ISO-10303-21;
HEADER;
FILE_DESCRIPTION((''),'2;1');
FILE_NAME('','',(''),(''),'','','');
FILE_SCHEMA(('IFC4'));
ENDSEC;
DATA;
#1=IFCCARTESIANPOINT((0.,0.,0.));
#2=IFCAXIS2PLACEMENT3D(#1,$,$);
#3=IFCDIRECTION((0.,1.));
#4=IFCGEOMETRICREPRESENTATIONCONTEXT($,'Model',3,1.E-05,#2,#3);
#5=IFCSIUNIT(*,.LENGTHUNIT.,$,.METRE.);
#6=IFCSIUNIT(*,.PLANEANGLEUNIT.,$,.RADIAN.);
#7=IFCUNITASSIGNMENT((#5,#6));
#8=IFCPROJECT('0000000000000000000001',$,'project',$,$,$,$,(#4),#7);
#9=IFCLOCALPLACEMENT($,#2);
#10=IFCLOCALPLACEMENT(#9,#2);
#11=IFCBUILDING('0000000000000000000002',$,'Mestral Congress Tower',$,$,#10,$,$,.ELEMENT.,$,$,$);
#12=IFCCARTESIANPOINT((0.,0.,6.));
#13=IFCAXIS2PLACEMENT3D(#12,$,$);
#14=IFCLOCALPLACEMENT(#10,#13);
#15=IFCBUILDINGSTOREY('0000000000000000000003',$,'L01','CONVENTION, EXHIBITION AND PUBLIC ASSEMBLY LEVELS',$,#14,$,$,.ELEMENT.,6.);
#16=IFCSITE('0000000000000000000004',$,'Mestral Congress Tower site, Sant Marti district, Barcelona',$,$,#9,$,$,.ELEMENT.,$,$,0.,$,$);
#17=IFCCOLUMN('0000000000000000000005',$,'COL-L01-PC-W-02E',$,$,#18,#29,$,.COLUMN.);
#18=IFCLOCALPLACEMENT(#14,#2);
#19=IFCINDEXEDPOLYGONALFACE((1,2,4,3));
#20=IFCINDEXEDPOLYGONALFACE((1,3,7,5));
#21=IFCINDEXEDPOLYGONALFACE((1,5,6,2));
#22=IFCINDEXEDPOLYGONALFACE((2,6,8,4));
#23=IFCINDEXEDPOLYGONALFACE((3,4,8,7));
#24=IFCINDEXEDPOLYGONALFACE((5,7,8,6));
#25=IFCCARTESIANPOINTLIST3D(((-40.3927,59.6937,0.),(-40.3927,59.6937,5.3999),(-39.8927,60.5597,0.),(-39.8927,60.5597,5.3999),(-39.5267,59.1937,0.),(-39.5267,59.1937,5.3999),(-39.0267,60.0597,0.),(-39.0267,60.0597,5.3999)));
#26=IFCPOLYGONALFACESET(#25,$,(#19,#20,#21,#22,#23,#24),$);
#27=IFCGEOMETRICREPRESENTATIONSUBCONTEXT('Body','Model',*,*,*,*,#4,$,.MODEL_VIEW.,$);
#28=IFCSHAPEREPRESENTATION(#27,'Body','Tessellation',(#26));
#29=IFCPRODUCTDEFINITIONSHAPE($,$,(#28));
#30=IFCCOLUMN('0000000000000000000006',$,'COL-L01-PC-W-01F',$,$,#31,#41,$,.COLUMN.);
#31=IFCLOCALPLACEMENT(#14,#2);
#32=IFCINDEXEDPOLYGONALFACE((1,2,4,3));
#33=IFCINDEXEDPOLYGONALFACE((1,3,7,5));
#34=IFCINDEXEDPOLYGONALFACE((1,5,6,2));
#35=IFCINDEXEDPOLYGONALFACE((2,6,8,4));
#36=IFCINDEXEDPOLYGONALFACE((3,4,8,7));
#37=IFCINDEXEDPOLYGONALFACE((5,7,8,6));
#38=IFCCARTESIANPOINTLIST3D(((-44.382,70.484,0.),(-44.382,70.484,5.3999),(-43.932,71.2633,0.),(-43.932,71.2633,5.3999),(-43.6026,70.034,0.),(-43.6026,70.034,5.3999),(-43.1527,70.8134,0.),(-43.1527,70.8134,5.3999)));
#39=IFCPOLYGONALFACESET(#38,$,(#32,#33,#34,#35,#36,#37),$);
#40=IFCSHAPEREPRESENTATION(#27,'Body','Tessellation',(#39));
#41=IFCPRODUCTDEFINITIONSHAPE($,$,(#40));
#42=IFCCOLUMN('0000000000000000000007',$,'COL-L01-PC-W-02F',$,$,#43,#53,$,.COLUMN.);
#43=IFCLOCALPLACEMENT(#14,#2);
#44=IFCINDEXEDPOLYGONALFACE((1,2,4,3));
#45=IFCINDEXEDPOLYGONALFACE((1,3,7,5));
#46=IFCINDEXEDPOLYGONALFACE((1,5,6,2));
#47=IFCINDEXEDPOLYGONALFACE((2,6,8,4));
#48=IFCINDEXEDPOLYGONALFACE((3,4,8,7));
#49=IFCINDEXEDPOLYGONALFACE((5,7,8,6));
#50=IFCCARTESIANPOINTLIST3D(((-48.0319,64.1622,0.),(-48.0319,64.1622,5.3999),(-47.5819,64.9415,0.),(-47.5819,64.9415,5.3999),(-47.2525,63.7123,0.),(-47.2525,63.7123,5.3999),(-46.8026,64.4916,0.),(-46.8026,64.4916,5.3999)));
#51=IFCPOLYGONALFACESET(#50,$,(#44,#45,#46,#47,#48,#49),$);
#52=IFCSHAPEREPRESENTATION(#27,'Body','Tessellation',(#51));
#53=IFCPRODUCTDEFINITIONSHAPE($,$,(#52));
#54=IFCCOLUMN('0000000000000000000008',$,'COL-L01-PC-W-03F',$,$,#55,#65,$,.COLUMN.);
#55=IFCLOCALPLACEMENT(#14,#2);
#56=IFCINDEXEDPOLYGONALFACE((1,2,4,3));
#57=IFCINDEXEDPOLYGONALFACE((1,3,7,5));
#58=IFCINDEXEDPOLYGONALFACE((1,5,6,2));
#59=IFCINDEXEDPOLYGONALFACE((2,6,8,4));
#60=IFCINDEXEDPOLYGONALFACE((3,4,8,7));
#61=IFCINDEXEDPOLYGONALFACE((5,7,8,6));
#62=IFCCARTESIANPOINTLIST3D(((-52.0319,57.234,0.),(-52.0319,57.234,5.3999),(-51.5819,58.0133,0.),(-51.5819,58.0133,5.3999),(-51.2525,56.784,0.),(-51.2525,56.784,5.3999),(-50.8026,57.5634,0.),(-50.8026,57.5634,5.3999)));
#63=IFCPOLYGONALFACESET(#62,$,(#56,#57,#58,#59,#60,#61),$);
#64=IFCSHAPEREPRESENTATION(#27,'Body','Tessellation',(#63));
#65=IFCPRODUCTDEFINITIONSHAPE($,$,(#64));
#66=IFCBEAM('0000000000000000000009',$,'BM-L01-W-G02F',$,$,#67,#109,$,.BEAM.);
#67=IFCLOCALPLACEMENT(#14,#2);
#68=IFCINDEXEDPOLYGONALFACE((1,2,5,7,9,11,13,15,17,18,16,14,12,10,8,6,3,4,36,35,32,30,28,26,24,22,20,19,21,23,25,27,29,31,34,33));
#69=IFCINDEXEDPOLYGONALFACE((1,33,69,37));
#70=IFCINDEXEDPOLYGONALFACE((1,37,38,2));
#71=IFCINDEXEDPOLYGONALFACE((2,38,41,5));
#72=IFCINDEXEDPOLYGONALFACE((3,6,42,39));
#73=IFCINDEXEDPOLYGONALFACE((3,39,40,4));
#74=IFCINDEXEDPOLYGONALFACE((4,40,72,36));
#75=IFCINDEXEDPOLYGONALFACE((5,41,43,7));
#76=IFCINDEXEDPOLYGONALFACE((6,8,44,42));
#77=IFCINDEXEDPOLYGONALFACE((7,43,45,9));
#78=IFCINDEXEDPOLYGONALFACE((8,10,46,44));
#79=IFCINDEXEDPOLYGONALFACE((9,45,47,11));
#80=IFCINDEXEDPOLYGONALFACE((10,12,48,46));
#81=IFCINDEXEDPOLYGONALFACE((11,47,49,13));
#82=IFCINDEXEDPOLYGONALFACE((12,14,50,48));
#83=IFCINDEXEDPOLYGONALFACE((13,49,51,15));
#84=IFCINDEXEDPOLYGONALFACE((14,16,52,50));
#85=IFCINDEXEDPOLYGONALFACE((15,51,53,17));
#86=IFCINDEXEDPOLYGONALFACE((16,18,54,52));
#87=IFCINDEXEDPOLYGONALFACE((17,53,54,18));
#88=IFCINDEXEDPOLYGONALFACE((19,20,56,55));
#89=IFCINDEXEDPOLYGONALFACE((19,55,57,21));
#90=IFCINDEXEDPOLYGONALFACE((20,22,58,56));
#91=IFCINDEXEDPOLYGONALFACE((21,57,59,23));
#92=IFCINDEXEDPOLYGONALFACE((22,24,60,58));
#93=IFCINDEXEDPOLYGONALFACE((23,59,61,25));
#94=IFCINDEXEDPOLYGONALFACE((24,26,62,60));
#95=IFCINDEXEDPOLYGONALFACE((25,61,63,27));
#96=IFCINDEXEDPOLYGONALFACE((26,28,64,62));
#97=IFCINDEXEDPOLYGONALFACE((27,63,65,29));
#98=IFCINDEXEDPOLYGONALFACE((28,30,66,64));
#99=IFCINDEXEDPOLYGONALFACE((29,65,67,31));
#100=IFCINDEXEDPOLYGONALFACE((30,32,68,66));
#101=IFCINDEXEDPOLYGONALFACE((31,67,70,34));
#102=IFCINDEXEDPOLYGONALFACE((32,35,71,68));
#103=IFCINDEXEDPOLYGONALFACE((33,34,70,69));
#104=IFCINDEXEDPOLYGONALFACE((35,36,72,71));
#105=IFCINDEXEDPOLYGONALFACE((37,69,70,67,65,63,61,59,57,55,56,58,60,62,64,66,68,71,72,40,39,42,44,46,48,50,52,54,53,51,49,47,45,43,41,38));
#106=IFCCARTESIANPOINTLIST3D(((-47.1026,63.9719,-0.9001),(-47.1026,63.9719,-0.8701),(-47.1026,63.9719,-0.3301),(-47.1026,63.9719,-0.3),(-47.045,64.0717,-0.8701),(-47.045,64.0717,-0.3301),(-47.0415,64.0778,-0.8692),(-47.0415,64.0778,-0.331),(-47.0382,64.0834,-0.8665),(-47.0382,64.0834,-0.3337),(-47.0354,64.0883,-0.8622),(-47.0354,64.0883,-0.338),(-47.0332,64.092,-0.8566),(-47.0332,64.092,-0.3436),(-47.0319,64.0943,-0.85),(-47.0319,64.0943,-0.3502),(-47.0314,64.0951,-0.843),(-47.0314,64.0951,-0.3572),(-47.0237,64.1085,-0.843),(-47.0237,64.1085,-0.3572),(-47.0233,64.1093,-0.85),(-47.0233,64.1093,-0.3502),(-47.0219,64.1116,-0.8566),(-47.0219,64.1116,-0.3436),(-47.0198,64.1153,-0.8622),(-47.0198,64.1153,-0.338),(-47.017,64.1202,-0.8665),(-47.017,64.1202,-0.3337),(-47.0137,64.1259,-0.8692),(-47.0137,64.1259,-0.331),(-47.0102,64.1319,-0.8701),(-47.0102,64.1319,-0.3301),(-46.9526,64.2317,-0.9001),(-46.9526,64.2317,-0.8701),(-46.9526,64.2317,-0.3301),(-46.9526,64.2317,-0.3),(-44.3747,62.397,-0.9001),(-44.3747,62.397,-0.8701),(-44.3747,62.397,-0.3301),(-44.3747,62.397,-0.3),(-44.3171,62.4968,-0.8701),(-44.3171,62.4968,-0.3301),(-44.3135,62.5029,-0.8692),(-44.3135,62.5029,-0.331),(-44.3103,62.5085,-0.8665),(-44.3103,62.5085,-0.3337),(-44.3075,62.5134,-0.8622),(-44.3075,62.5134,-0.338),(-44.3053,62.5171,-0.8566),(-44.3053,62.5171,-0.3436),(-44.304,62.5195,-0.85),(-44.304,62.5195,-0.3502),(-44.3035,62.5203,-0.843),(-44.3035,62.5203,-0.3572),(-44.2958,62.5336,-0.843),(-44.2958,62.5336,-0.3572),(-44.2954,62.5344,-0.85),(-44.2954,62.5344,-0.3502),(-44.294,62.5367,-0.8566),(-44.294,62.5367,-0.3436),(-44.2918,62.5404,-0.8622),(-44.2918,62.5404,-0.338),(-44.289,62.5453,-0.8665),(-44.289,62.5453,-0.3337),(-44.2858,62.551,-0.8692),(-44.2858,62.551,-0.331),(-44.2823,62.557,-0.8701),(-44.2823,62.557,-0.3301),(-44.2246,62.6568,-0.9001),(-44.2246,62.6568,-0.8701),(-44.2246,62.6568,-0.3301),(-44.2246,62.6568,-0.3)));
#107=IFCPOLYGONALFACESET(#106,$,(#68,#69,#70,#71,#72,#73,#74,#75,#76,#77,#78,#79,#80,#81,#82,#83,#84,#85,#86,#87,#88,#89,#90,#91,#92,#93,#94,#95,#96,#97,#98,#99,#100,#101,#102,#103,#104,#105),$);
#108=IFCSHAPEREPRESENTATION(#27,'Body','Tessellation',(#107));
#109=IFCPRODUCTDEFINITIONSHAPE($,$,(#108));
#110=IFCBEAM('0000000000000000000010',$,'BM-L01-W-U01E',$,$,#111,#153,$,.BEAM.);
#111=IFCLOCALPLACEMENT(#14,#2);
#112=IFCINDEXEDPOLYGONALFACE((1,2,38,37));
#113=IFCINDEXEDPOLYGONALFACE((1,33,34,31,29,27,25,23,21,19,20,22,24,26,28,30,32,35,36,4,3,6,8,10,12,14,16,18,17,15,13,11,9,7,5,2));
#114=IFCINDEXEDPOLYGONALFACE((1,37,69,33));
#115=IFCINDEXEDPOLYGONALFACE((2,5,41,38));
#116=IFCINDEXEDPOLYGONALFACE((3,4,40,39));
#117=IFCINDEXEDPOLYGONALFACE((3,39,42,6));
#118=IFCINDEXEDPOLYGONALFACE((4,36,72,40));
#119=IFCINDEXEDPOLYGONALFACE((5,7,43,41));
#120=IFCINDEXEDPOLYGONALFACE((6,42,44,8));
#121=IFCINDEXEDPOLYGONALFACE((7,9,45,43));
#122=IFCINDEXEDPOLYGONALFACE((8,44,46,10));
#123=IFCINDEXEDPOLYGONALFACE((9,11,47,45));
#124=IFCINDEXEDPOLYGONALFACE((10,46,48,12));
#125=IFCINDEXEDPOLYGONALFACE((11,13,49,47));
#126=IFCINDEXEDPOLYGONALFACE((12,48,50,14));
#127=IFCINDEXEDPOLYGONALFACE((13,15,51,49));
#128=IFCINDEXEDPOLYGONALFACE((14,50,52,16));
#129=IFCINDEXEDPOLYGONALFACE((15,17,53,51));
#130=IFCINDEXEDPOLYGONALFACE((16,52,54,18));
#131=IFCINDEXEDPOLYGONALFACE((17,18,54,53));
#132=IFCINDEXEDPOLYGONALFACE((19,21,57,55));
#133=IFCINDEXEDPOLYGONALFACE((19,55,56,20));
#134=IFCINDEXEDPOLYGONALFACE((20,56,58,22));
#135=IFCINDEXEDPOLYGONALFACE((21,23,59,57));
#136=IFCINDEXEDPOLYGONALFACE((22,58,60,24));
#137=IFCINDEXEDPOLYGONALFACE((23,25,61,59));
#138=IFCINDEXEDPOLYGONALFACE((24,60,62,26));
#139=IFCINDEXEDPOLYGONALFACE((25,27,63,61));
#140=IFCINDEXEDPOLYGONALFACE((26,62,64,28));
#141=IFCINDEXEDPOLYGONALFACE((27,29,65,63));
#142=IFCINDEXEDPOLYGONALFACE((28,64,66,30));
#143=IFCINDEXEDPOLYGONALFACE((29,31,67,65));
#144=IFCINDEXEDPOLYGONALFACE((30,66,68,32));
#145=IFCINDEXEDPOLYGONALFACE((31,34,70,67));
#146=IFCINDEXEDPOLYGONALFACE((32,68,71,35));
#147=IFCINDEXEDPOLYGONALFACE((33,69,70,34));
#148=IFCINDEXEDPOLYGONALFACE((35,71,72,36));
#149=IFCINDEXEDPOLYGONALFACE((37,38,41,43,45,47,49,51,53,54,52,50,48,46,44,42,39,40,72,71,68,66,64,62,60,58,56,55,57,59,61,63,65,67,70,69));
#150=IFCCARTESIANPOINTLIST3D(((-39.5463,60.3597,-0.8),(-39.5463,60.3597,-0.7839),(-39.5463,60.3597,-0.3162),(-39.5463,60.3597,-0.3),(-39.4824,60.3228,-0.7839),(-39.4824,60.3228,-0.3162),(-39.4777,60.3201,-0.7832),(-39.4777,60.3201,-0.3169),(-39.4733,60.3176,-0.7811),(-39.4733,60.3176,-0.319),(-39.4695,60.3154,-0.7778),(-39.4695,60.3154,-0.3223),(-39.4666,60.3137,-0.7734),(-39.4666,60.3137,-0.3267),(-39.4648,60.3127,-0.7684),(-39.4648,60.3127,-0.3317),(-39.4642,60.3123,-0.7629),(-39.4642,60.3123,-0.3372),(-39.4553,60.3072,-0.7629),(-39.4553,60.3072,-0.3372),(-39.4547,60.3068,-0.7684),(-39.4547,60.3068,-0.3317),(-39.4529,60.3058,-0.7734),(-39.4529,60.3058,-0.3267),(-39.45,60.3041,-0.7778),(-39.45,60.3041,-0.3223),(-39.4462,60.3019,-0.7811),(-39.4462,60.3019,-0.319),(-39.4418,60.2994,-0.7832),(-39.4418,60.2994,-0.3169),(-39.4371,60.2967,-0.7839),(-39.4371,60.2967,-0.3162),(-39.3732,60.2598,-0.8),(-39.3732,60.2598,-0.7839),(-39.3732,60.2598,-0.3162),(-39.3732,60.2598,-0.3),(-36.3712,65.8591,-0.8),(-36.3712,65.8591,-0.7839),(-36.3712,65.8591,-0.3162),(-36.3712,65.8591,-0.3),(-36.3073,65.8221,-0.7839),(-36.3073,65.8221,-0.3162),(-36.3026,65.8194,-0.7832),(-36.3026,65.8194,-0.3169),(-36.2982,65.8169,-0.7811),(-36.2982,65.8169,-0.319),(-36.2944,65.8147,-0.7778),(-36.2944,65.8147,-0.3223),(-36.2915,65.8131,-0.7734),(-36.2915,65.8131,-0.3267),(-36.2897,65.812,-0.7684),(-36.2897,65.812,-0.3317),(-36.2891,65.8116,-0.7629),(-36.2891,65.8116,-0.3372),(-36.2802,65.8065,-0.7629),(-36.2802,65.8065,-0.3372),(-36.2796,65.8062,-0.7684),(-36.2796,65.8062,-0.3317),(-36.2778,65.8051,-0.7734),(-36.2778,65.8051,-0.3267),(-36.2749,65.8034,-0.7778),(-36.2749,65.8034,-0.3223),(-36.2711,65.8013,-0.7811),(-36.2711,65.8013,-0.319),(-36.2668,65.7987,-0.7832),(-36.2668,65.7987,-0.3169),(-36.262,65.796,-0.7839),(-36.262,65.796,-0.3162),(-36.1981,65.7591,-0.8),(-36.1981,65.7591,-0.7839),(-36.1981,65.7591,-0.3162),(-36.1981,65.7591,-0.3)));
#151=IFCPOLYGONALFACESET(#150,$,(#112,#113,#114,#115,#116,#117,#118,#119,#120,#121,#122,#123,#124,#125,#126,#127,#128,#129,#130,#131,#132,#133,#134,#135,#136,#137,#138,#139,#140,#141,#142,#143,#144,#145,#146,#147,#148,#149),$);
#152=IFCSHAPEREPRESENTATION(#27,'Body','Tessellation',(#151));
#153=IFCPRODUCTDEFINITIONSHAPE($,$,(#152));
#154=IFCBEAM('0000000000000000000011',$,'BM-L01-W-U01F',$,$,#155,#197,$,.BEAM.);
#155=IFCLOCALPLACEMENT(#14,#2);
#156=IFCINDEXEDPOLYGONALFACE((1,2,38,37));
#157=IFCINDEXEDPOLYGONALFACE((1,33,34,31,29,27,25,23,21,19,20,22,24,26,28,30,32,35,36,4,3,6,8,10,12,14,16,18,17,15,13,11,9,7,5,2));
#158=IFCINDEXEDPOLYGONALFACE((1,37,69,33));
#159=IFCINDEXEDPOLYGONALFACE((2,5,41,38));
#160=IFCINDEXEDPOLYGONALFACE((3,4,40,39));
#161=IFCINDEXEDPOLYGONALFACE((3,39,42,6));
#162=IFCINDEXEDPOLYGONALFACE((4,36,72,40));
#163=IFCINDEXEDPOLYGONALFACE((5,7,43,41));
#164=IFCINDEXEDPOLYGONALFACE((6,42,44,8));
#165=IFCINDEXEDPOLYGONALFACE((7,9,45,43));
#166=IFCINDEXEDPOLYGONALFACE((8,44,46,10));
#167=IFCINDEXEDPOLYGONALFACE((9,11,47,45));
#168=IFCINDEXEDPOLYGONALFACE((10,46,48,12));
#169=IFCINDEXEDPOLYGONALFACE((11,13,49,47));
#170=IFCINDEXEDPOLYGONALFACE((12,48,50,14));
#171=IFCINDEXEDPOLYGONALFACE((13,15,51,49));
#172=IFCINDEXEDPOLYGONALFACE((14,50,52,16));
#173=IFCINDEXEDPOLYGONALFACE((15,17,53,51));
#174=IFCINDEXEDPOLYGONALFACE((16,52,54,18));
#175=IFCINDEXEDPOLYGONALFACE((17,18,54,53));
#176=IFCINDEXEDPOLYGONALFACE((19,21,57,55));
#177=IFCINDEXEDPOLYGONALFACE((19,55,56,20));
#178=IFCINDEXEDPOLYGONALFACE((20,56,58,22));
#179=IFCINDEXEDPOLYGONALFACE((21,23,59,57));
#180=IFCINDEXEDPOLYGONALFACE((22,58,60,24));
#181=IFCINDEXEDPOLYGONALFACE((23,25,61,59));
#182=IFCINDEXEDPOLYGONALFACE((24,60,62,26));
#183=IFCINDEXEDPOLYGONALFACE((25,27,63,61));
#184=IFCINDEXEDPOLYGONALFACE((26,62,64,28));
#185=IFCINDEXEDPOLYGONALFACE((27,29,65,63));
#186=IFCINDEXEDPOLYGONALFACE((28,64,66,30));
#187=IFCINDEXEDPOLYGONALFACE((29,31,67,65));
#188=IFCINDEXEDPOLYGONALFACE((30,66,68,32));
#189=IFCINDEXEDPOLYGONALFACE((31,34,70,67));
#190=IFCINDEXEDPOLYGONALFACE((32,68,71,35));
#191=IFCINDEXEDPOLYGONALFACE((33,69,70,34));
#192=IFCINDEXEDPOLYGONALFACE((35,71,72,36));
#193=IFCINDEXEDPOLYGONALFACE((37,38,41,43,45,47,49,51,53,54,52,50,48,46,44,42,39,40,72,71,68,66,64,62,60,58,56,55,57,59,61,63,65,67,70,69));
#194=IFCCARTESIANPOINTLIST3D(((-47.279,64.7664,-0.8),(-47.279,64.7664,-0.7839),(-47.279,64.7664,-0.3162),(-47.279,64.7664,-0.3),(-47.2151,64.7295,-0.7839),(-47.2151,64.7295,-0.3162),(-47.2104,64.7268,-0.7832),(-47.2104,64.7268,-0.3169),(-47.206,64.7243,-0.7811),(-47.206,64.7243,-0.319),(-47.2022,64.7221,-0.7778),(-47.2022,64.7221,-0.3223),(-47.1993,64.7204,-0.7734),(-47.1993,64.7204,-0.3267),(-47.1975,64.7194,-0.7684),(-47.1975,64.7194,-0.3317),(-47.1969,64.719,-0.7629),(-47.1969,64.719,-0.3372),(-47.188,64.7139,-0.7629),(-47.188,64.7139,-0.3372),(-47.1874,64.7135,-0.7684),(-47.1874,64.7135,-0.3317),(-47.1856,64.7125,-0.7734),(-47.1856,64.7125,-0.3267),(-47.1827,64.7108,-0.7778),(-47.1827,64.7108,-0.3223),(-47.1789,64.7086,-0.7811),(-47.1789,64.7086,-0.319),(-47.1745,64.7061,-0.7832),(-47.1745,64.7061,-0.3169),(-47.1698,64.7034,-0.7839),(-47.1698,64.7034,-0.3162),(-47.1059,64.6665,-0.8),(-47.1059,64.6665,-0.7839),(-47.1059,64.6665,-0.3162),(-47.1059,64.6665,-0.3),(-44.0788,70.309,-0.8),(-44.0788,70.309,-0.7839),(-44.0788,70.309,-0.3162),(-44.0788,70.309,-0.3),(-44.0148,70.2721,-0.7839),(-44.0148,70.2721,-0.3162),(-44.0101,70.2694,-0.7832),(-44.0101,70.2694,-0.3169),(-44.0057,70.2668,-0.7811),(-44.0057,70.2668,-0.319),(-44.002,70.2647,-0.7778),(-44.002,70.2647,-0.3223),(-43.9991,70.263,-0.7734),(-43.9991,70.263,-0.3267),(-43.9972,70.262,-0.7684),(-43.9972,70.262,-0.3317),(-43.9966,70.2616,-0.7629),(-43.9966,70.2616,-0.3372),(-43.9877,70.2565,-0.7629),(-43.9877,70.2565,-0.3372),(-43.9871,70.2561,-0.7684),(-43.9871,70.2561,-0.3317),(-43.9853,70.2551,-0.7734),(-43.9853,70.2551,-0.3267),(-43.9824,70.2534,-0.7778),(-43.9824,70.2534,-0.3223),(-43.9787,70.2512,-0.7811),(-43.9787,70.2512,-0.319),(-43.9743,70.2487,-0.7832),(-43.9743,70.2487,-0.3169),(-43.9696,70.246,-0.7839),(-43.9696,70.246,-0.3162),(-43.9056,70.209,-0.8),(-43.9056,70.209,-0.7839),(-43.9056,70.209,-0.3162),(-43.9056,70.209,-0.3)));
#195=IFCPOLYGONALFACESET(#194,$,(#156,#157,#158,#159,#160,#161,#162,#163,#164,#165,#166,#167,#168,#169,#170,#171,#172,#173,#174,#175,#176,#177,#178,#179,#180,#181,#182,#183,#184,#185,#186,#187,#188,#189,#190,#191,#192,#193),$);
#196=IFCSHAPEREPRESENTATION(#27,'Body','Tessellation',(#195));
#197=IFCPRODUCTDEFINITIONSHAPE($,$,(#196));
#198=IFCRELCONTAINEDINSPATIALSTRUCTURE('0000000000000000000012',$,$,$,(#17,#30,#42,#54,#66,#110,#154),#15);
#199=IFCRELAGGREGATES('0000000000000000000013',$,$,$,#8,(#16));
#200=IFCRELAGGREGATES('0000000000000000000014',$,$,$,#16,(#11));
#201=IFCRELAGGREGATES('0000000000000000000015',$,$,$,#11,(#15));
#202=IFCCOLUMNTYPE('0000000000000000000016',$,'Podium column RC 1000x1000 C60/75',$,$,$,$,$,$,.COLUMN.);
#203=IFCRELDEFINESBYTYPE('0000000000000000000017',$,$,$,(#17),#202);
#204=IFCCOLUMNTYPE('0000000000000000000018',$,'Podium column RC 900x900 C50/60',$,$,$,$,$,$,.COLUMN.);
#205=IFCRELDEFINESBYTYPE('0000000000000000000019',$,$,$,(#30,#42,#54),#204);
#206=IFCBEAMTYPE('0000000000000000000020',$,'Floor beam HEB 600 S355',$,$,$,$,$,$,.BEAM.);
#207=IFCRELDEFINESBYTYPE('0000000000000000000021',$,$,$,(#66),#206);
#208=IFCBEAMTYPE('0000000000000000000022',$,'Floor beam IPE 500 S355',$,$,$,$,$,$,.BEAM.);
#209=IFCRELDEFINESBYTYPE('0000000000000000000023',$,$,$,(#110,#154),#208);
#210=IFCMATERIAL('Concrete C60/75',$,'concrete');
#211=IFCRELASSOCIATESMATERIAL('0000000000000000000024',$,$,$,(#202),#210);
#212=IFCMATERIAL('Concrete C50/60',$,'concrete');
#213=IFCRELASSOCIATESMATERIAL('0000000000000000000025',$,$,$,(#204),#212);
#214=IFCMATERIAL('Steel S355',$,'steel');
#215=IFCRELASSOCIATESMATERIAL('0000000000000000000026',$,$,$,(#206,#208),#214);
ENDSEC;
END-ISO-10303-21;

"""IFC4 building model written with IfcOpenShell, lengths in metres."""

from ifc_helpers import new_model, si_unit, direction, frame, origin, origin_2d, place, context, subcontext, project, spatial, rectangle, i_section, extrude, material, material_profile, profile_set, type_object, element, save


model = new_model("IFC4")

# Units and contexts
model_context = context("Model", 3, precision=1e-05, world=origin(), true_north=direction((0.0, 1.0)))
body_context = subcontext(model_context, "Body", "Model", "MODEL_VIEW")
ifc_project = project(units=[si_unit("LENGTHUNIT", "METRE"), si_unit("PLANEANGLEUNIT", "RADIAN")], contexts=[model_context])

# Site, building, storey
site_placement = place(None, origin())
site = spatial("IfcSite", under=ifc_project, at=site_placement, Name="Mestral Congress Tower site, Sant Marti district, Barcelona", CompositionType="ELEMENT", RefElevation=0.0)
building_placement = place(site_placement, origin())
building = spatial("IfcBuilding", under=site, at=building_placement, Name="Mestral Congress Tower", CompositionType="ELEMENT")
storey_placement = place(building_placement, frame((0.0, 0.0, 6.0)))
storey = spatial("IfcBuildingStorey", under=building, at=storey_placement, Name="L01", Description="CONVENTION, EXHIBITION AND PUBLIC ASSEMBLY LEVELS", CompositionType="ELEMENT", Elevation=6.0)

# Columns
ifc_material_1 = material(Name="Concrete C60/75", Category="concrete")
ifc_material_profile_1 = material_profile(ifc_material_1, rectangle(XDim=1.0, YDim=1.0, at=origin_2d()), Name="RC 1000x1000")
ifc_profile_set_1 = profile_set([ifc_material_profile_1], Name="Concrete C60/75")
column_type_1 = type_object("IfcColumnType", Name="Podium column RC 1000x1000 C60/75", PredefinedType="COLUMN", material=ifc_profile_set_1)
column_placement = place(storey_placement, frame((-39.7097, 59.8767, 0.0), z_axis=(0.0, 0.0, 1.0), x_axis=(-0.5, -0.866025, 0.0)))
element("IfcColumn", 1, at=column_placement, inside=storey, type_object=column_type_1, Name="COL-L01-PC-W-02E", PredefinedType="COLUMN", context=body_context, shape_type="SweptSolid", body=[
    extrude(rectangle(XDim=1.0, YDim=1.0, at=origin_2d()), origin(), (0.0, 0.0, 1.0), 5.3999),
])
ifc_material_2 = material(Name="Concrete C50/60", Category="concrete")
ifc_material_profile_2 = material_profile(ifc_material_2, rectangle(XDim=0.8999, YDim=0.8999, at=origin_2d()), Name="RC 900x900")
ifc_profile_set_2 = profile_set([ifc_material_profile_2], Name="Concrete C50/60")
column_type_2 = type_object("IfcColumnType", Name="Podium column RC 900x900 C50/60", PredefinedType="COLUMN", material=ifc_profile_set_2)
for number, where, z_axis, x_axis, name in (
    (2, (-43.7673, 70.6487, 0.0), (0.0, 0.0, 1.0), (-0.5, -0.866025, 0.0), "COL-L01-PC-W-01F"),
    (3, (-47.4172, 64.3269, 0.0), (0.0, 0.0, 1.0), (-0.5, -0.866025, 0.0), "COL-L01-PC-W-02F"),
    (4, (-51.4172, 57.3987, 0.0), (0.0, 0.0, 1.0), (-0.5, -0.866025, 0.0), "COL-L01-PC-W-03F"),
):
    element("IfcColumn", number, at=place(storey_placement, frame(where, z_axis=z_axis, x_axis=x_axis)), inside=storey, type_object=column_type_2, Name=name, PredefinedType="COLUMN", context=body_context, shape_type="SweptSolid", body=[
        extrude(rectangle(XDim=0.8999, YDim=0.8999, at=origin_2d()), origin(), (0.0, 0.0, 1.0), 5.3999),
    ])

# Beams
ifc_material_3 = material(Name="Steel S355", Category="steel")
ifc_material_profile_3 = material_profile(ifc_material_3, i_section(OverallWidth=0.3, OverallDepth=0.6001, WebThickness=0.0154, FlangeThickness=0.03, FilletRadius=0.0271, at=origin_2d()), Name="HEB 600")
ifc_profile_set_3 = profile_set([ifc_material_profile_3], Name="Steel S355")
beam_type_1 = type_object("IfcBeamType", Name="Floor beam HEB 600 S355", PredefinedType="BEAM", material=ifc_profile_set_3)
beam_1_placement = place(storey_placement, frame((-47.0276, 64.1018, -0.6001), z_axis=(0.866036, -0.499982, 0.0), x_axis=(0.499982, 0.866036, 0.0)))
element("IfcBeam", 5, at=beam_1_placement, inside=storey, type_object=beam_type_1, Name="BM-L01-W-G02F", PredefinedType="BEAM", context=body_context, shape_type="SweptSolid", body=[
    extrude(i_section(OverallWidth=0.3, OverallDepth=0.6001, WebThickness=0.0154, FlangeThickness=0.03, FilletRadius=0.0271, at=origin_2d()), origin(), (0.0, 0.0, 1.0), 3.1499),
])
ifc_material_profile_4 = material_profile(ifc_material_3, i_section(OverallWidth=0.2, OverallDepth=0.5, WebThickness=0.0103, FlangeThickness=0.0161, FilletRadius=0.021, at=origin_2d()), Name="IPE 500")
ifc_profile_set_4 = profile_set([ifc_material_profile_4], Name="Steel S355")
beam_type_2 = type_object("IfcBeamType", Name="Floor beam IPE 500 S355", PredefinedType="BEAM", material=ifc_profile_set_4)
beam_2_placement = place(storey_placement, frame((-36.2847, 65.8091, -0.55), z_axis=(-0.500005, -0.866022, 0.0), x_axis=(0.866022, -0.500005, 0.0)))
element("IfcBeam", 6, at=beam_2_placement, inside=storey, type_object=beam_type_2, Name="BM-L01-W-U01E", PredefinedType="BEAM", context=body_context, shape_type="SweptSolid", body=[
    extrude(i_section(OverallWidth=0.2, OverallDepth=0.5, WebThickness=0.0103, FlangeThickness=0.0161, FilletRadius=0.021, at=origin_2d()), origin(), (0.0, 0.0, 1.0), 6.3501),
])
beam_3_placement = place(storey_placement, frame((-43.9922, 70.259, -0.55), z_axis=(-0.500028, -0.866009, 0.0), x_axis=(0.866009, -0.500028, 0.0)))
element("IfcBeam", 7, at=beam_3_placement, inside=storey, type_object=beam_type_2, Name="BM-L01-W-U01F", PredefinedType="BEAM", context=body_context, shape_type="SweptSolid", body=[
    extrude(i_section(OverallWidth=0.2, OverallDepth=0.5, WebThickness=0.0103, FlangeThickness=0.0161, FilletRadius=0.021, at=origin_2d()), origin(), (0.0, 0.0, 1.0), 6.4001),
])

save(model, "model.ifc")
